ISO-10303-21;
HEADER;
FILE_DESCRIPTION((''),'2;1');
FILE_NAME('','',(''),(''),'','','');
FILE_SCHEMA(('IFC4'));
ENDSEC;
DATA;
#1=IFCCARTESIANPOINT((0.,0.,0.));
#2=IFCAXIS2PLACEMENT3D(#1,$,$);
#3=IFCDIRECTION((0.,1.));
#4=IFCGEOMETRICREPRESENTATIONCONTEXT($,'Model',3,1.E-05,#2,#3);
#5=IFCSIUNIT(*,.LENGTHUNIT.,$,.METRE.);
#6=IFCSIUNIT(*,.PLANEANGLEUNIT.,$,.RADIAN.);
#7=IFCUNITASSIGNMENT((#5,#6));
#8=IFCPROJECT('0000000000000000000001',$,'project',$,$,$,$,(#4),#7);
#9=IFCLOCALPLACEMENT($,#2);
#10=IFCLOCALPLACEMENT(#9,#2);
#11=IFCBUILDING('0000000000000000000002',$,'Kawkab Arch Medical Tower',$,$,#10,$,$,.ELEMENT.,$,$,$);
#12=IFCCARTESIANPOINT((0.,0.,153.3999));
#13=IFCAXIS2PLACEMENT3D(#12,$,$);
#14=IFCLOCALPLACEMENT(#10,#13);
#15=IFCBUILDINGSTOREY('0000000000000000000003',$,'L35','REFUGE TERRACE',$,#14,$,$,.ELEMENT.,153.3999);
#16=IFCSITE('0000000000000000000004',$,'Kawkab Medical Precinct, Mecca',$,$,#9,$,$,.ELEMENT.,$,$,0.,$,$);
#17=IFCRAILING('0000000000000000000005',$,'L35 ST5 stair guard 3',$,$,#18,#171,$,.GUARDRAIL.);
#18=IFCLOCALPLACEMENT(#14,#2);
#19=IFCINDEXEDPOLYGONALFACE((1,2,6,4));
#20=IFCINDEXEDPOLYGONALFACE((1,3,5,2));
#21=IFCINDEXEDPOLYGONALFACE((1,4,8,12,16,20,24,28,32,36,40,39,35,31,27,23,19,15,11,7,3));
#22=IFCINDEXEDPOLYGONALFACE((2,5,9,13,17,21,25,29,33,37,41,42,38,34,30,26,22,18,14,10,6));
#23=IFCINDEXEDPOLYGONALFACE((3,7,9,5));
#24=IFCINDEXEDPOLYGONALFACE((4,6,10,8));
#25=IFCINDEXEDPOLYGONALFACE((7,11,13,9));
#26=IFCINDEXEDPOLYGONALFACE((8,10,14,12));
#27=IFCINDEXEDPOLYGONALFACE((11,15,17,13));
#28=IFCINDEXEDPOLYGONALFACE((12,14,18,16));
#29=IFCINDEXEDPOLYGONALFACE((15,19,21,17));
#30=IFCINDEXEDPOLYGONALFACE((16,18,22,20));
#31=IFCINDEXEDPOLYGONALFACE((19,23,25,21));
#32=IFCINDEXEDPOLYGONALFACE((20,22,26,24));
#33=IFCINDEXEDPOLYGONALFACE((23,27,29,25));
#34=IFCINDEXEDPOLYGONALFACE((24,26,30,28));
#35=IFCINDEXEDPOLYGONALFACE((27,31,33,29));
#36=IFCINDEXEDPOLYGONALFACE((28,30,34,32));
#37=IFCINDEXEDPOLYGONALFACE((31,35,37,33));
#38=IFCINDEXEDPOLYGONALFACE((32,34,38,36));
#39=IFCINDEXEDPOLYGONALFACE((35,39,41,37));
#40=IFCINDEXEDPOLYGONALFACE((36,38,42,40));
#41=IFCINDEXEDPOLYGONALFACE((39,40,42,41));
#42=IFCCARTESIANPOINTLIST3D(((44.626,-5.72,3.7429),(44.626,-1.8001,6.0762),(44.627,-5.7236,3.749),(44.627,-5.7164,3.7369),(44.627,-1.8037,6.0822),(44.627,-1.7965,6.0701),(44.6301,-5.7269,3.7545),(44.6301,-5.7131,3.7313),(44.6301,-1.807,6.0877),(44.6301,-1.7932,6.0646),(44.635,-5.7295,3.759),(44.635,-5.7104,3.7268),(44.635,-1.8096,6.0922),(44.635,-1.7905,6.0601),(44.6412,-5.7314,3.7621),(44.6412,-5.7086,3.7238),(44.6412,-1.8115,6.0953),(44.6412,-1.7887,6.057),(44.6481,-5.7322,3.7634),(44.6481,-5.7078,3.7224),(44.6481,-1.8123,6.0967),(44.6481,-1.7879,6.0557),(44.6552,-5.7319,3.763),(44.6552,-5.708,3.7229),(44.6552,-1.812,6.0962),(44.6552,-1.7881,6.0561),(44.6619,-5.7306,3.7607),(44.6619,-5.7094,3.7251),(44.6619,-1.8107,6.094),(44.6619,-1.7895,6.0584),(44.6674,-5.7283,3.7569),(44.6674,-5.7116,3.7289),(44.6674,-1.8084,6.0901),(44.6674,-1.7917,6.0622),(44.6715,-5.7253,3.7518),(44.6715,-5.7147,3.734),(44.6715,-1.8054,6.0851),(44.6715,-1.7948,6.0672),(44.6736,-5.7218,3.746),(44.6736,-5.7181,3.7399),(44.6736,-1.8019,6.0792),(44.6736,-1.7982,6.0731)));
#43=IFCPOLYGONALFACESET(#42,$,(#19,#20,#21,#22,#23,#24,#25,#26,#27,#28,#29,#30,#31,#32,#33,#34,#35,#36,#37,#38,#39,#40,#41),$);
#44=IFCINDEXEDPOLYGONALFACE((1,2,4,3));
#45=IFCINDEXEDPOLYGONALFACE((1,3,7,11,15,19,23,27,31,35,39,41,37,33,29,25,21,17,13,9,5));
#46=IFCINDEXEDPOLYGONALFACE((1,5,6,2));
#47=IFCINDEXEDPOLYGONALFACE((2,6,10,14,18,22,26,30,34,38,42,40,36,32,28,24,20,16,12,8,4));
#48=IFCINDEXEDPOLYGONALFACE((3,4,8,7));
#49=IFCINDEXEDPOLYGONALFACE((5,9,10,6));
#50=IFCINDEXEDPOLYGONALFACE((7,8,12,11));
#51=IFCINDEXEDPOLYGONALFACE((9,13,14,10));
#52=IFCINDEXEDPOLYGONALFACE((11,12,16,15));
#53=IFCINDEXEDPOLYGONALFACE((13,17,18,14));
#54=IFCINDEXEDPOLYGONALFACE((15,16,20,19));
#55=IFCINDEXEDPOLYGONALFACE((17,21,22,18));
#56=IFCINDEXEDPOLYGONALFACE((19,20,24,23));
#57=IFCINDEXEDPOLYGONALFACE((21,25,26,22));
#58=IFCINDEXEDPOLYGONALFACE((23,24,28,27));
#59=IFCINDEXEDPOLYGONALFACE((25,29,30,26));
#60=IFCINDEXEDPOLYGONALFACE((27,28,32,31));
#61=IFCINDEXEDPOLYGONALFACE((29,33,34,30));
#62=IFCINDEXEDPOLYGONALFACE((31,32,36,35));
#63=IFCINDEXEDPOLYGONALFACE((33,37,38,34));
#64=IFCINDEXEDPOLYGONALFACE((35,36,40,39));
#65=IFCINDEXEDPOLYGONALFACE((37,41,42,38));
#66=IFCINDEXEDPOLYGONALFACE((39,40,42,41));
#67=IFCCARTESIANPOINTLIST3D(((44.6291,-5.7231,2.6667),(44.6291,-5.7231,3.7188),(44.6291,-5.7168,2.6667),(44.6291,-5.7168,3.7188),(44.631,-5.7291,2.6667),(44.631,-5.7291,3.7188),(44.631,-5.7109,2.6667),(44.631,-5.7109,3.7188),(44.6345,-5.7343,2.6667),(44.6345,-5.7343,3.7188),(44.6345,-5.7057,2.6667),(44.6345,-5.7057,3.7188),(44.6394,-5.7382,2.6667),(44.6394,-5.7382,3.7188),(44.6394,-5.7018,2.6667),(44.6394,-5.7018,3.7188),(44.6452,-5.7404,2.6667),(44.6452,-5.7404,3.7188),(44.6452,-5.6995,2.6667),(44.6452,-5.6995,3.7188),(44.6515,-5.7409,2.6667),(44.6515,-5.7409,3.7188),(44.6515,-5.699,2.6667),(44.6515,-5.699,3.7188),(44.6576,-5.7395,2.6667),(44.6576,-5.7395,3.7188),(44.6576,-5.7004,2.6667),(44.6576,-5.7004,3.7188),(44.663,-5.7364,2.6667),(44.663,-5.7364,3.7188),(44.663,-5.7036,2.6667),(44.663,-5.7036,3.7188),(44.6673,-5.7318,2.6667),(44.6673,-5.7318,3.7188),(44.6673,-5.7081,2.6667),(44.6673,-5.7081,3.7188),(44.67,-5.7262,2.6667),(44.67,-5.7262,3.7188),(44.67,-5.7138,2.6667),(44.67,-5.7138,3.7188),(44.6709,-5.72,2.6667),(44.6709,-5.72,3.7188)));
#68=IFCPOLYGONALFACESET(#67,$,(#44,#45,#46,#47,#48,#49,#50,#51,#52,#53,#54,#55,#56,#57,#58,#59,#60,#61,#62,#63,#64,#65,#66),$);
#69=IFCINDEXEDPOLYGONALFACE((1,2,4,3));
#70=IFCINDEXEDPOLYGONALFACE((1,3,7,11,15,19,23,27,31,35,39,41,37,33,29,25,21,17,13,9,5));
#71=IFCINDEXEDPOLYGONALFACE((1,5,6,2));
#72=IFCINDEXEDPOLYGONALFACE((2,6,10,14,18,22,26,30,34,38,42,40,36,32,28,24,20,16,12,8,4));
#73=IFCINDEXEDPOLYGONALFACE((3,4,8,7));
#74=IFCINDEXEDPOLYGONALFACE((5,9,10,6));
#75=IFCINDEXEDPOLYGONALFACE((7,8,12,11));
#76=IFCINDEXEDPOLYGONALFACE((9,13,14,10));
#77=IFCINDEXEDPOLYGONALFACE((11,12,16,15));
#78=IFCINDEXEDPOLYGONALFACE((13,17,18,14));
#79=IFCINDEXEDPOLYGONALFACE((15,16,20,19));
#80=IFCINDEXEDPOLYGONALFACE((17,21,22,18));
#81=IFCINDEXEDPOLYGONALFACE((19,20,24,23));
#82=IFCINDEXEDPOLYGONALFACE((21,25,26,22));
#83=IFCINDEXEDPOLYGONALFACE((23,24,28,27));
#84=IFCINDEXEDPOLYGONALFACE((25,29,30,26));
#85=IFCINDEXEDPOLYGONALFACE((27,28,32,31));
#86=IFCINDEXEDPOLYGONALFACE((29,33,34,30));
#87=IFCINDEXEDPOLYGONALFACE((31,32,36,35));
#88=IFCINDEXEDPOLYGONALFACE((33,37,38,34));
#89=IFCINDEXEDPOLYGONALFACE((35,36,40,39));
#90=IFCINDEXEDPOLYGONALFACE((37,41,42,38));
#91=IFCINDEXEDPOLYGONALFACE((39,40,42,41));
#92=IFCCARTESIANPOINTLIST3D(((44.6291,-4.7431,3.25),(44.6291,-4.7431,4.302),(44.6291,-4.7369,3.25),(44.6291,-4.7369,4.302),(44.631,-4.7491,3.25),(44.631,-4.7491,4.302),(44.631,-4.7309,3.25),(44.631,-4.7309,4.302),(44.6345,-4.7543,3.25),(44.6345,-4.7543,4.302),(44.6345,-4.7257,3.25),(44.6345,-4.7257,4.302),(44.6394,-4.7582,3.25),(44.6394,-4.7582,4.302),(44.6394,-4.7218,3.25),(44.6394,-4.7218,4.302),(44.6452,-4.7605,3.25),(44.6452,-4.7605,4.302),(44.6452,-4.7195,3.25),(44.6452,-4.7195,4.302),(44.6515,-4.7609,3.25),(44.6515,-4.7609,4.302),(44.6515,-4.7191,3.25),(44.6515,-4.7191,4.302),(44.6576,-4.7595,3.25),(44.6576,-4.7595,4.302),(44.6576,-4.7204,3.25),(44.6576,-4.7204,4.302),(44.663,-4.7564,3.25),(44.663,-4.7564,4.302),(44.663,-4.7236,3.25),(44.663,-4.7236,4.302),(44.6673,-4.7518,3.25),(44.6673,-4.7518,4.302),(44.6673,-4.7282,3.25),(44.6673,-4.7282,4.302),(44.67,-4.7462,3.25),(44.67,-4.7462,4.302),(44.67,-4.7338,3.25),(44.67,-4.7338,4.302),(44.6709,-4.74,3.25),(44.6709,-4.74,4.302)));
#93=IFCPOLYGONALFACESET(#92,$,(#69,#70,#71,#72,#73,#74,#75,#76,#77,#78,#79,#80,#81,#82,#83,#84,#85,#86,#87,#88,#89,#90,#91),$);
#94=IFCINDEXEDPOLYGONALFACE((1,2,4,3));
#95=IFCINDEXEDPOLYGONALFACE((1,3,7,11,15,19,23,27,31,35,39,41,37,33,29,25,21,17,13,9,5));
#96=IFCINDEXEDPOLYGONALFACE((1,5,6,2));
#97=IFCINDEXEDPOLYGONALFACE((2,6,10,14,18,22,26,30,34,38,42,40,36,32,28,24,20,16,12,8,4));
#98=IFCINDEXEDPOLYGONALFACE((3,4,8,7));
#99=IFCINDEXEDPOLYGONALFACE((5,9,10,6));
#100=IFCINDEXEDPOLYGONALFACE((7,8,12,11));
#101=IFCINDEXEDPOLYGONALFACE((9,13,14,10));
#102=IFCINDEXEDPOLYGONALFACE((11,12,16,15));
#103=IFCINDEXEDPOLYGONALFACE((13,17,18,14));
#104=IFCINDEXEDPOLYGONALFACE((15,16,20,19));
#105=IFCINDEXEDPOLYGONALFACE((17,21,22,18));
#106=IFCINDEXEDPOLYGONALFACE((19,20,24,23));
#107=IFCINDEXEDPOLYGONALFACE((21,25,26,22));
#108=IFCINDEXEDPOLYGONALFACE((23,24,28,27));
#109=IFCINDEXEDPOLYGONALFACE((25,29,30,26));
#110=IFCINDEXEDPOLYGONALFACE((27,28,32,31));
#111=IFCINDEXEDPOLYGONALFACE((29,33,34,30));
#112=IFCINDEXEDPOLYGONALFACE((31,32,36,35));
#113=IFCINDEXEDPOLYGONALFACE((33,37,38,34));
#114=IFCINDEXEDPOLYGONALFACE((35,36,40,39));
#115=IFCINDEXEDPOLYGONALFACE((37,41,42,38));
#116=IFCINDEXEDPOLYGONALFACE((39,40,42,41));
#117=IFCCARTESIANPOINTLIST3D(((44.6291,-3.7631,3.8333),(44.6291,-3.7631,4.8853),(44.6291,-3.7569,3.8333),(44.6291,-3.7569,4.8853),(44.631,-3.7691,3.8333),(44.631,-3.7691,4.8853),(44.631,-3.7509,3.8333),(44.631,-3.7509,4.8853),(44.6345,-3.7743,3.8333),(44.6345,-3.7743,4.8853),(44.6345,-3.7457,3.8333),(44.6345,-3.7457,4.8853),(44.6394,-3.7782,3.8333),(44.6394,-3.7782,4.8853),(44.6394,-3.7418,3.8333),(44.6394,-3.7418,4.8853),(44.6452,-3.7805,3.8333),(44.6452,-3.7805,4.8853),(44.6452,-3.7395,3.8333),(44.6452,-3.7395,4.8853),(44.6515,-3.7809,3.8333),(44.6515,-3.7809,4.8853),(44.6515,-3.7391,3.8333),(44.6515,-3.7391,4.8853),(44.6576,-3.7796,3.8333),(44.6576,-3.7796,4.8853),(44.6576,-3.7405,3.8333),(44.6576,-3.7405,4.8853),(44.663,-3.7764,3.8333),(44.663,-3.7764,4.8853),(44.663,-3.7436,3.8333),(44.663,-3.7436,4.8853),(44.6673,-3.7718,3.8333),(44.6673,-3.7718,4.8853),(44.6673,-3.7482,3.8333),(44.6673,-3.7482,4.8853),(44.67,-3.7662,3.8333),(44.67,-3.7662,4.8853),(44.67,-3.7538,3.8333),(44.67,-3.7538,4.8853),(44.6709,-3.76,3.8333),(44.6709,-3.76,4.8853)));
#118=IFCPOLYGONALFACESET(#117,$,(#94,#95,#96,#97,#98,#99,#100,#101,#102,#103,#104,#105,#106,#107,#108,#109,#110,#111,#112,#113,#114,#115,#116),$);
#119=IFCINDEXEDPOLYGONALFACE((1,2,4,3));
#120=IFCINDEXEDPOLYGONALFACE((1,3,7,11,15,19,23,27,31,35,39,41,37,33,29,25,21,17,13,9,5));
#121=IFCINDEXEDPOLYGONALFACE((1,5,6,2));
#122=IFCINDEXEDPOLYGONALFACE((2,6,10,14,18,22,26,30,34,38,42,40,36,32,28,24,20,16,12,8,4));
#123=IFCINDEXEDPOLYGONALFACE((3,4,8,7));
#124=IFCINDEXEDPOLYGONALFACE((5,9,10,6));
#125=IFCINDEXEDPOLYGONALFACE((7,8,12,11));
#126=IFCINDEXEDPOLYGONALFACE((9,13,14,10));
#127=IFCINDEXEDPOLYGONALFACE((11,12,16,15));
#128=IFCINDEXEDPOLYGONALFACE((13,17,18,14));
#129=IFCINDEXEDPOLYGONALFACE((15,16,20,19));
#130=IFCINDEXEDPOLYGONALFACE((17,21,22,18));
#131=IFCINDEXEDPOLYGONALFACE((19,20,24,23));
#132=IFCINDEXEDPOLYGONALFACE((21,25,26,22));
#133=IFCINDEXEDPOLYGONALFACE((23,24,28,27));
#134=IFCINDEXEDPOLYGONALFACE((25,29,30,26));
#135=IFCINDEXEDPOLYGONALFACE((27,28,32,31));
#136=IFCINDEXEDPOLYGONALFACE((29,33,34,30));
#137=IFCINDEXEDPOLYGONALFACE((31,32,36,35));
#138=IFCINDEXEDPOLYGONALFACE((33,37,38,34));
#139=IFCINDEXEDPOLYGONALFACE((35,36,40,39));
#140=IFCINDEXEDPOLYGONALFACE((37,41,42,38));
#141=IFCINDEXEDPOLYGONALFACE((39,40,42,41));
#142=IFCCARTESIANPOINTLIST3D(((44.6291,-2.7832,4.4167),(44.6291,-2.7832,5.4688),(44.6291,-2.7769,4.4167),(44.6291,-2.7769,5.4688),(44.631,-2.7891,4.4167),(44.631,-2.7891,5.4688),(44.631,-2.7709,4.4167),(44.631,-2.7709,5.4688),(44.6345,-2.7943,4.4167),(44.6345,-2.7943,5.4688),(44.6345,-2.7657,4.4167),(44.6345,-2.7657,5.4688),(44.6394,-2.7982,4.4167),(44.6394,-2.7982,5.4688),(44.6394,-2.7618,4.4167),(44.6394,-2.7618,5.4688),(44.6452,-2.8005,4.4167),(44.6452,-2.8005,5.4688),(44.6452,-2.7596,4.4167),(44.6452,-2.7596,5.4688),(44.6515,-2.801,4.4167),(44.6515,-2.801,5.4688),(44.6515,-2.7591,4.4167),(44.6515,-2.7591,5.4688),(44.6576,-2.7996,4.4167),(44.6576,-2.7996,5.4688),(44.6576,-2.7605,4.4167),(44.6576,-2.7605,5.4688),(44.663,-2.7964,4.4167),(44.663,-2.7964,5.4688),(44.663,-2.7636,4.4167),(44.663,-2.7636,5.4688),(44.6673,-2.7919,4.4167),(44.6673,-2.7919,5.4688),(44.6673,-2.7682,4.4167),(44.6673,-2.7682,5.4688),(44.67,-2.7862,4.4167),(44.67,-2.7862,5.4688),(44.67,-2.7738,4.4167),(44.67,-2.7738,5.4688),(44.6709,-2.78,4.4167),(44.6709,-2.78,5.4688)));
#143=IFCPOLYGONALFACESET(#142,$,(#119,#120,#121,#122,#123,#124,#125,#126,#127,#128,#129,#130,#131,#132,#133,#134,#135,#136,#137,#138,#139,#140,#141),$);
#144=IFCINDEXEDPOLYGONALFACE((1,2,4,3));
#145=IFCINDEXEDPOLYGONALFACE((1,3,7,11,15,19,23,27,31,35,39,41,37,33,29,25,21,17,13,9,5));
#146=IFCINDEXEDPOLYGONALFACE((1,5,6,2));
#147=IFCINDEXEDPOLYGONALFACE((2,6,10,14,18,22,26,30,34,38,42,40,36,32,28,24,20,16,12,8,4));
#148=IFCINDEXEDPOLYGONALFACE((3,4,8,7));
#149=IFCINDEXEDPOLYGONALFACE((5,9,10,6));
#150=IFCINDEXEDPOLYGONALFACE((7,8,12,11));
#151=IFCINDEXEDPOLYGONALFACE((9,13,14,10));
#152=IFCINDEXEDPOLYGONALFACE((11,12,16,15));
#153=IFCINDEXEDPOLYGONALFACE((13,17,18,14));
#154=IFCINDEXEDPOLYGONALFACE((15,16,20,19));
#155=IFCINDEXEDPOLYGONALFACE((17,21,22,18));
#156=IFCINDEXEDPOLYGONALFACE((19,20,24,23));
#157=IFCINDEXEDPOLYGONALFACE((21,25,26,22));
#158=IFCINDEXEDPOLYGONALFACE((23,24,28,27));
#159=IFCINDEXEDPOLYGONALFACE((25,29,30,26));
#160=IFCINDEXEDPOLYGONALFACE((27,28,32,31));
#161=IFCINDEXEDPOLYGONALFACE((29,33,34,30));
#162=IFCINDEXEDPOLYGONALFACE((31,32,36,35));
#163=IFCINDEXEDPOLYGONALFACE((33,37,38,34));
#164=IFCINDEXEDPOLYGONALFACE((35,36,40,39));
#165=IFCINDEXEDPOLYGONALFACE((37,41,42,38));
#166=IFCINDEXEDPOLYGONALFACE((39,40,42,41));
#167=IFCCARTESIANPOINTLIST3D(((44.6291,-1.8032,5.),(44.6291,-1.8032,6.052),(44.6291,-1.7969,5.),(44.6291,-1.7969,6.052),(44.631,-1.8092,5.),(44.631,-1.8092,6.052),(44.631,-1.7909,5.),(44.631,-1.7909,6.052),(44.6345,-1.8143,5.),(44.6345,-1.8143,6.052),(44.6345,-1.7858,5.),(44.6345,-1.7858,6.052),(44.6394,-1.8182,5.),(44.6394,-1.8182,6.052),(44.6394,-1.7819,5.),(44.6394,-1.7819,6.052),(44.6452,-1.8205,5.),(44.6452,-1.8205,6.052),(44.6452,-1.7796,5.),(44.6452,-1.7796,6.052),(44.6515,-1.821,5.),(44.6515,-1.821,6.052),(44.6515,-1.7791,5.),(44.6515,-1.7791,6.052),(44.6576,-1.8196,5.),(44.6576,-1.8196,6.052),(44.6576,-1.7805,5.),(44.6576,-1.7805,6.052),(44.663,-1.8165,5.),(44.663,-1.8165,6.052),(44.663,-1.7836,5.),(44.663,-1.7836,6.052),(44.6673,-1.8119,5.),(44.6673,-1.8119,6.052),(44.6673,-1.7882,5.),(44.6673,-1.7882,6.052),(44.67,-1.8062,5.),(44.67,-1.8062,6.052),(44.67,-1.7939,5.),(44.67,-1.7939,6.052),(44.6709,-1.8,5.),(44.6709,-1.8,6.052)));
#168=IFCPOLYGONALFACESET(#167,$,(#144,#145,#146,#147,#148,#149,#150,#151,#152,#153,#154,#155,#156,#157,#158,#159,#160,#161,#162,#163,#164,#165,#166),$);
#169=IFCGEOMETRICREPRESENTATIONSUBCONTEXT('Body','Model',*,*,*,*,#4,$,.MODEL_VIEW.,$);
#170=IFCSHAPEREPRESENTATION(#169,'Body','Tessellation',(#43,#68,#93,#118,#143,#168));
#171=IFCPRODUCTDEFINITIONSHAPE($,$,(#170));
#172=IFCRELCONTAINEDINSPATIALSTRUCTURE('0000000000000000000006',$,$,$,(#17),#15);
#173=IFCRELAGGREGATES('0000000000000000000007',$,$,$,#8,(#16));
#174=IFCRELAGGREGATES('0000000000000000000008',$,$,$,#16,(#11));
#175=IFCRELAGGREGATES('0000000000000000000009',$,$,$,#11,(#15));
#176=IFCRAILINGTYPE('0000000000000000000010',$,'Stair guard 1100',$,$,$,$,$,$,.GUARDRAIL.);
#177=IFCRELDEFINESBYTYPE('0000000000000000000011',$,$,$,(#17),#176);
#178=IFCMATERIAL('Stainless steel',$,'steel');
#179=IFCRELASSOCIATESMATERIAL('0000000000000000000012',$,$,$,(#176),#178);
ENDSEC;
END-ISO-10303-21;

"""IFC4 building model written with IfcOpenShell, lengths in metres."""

from ifc_helpers import new_model, si_unit, direction, frame, origin, origin_2d, place, context, subcontext, project, spatial, circle, extrude, material, type_object, element, save


model = new_model("IFC4")

# Units and contexts
model_context = context("Model", 3, precision=1e-05, world=origin(), true_north=direction((0.0, 1.0)))
body_context = subcontext(model_context, "Body", "Model", "MODEL_VIEW")
ifc_project = project(units=[si_unit("LENGTHUNIT", "METRE"), si_unit("PLANEANGLEUNIT", "RADIAN")], contexts=[model_context])

# Site, building, storey
site_placement = place(None, origin())
site = spatial("IfcSite", under=ifc_project, at=site_placement, Name="Kawkab Medical Precinct, Mecca", CompositionType="ELEMENT", RefElevation=0.0)
building_placement = place(site_placement, origin())
building = spatial("IfcBuilding", under=site, at=building_placement, Name="Kawkab Arch Medical Tower", CompositionType="ELEMENT")
storey_placement = place(building_placement, frame((0.0, 0.0, 153.3999)))
storey = spatial("IfcBuildingStorey", under=building, at=storey_placement, Name="L35", Description="REFUGE TERRACE", CompositionType="ELEMENT", Elevation=153.3999)

# Railing
ifc_material_1 = material(Name="Stainless steel", Category="steel")
railing_type_1 = type_object("IfcRailingType", Name="Stair guard 1100", PredefinedType="GUARDRAIL", material=ifc_material_1)
railing_1_placement = place(storey_placement, frame((44.6499, -5.72, 2.6667)))
element("IfcRailing", 1, at=railing_1_placement, inside=storey, type_object=railing_type_1, Name="L35 ST5 stair guard 3", PredefinedType="GUARDRAIL", context=body_context, shape_type="SweptSolid", body=[
    extrude(circle(Radius=0.0239, at=origin_2d()), frame((0.0, 0.0, 1.0762), z_axis=(0.0, 0.859296, 0.511478), x_axis=(-1.0, 0.0, 0.0)), (0.0, 0.0, 1.0), 4.5618),
    extrude(circle(Radius=0.021, at=origin_2d()), origin(), (0.0, 0.0, 1.0), 1.052),
    extrude(circle(Radius=0.021, at=origin_2d()), frame((0.0, 0.98, 0.5833)), (0.0, 0.0, 1.0), 1.052),
    extrude(circle(Radius=0.021, at=origin_2d()), frame((0.0, 1.96, 1.1665)), (0.0, 0.0, 1.0), 1.052),
    extrude(circle(Radius=0.021, at=origin_2d()), frame((0.0, 2.9399, 1.75)), (0.0, 0.0, 1.0), 1.052),
    extrude(circle(Radius=0.021, at=origin_2d()), frame((0.0, 3.9199, 2.3333)), (0.0, 0.0, 1.0), 1.052),
])

save(model, "model.ifc")
